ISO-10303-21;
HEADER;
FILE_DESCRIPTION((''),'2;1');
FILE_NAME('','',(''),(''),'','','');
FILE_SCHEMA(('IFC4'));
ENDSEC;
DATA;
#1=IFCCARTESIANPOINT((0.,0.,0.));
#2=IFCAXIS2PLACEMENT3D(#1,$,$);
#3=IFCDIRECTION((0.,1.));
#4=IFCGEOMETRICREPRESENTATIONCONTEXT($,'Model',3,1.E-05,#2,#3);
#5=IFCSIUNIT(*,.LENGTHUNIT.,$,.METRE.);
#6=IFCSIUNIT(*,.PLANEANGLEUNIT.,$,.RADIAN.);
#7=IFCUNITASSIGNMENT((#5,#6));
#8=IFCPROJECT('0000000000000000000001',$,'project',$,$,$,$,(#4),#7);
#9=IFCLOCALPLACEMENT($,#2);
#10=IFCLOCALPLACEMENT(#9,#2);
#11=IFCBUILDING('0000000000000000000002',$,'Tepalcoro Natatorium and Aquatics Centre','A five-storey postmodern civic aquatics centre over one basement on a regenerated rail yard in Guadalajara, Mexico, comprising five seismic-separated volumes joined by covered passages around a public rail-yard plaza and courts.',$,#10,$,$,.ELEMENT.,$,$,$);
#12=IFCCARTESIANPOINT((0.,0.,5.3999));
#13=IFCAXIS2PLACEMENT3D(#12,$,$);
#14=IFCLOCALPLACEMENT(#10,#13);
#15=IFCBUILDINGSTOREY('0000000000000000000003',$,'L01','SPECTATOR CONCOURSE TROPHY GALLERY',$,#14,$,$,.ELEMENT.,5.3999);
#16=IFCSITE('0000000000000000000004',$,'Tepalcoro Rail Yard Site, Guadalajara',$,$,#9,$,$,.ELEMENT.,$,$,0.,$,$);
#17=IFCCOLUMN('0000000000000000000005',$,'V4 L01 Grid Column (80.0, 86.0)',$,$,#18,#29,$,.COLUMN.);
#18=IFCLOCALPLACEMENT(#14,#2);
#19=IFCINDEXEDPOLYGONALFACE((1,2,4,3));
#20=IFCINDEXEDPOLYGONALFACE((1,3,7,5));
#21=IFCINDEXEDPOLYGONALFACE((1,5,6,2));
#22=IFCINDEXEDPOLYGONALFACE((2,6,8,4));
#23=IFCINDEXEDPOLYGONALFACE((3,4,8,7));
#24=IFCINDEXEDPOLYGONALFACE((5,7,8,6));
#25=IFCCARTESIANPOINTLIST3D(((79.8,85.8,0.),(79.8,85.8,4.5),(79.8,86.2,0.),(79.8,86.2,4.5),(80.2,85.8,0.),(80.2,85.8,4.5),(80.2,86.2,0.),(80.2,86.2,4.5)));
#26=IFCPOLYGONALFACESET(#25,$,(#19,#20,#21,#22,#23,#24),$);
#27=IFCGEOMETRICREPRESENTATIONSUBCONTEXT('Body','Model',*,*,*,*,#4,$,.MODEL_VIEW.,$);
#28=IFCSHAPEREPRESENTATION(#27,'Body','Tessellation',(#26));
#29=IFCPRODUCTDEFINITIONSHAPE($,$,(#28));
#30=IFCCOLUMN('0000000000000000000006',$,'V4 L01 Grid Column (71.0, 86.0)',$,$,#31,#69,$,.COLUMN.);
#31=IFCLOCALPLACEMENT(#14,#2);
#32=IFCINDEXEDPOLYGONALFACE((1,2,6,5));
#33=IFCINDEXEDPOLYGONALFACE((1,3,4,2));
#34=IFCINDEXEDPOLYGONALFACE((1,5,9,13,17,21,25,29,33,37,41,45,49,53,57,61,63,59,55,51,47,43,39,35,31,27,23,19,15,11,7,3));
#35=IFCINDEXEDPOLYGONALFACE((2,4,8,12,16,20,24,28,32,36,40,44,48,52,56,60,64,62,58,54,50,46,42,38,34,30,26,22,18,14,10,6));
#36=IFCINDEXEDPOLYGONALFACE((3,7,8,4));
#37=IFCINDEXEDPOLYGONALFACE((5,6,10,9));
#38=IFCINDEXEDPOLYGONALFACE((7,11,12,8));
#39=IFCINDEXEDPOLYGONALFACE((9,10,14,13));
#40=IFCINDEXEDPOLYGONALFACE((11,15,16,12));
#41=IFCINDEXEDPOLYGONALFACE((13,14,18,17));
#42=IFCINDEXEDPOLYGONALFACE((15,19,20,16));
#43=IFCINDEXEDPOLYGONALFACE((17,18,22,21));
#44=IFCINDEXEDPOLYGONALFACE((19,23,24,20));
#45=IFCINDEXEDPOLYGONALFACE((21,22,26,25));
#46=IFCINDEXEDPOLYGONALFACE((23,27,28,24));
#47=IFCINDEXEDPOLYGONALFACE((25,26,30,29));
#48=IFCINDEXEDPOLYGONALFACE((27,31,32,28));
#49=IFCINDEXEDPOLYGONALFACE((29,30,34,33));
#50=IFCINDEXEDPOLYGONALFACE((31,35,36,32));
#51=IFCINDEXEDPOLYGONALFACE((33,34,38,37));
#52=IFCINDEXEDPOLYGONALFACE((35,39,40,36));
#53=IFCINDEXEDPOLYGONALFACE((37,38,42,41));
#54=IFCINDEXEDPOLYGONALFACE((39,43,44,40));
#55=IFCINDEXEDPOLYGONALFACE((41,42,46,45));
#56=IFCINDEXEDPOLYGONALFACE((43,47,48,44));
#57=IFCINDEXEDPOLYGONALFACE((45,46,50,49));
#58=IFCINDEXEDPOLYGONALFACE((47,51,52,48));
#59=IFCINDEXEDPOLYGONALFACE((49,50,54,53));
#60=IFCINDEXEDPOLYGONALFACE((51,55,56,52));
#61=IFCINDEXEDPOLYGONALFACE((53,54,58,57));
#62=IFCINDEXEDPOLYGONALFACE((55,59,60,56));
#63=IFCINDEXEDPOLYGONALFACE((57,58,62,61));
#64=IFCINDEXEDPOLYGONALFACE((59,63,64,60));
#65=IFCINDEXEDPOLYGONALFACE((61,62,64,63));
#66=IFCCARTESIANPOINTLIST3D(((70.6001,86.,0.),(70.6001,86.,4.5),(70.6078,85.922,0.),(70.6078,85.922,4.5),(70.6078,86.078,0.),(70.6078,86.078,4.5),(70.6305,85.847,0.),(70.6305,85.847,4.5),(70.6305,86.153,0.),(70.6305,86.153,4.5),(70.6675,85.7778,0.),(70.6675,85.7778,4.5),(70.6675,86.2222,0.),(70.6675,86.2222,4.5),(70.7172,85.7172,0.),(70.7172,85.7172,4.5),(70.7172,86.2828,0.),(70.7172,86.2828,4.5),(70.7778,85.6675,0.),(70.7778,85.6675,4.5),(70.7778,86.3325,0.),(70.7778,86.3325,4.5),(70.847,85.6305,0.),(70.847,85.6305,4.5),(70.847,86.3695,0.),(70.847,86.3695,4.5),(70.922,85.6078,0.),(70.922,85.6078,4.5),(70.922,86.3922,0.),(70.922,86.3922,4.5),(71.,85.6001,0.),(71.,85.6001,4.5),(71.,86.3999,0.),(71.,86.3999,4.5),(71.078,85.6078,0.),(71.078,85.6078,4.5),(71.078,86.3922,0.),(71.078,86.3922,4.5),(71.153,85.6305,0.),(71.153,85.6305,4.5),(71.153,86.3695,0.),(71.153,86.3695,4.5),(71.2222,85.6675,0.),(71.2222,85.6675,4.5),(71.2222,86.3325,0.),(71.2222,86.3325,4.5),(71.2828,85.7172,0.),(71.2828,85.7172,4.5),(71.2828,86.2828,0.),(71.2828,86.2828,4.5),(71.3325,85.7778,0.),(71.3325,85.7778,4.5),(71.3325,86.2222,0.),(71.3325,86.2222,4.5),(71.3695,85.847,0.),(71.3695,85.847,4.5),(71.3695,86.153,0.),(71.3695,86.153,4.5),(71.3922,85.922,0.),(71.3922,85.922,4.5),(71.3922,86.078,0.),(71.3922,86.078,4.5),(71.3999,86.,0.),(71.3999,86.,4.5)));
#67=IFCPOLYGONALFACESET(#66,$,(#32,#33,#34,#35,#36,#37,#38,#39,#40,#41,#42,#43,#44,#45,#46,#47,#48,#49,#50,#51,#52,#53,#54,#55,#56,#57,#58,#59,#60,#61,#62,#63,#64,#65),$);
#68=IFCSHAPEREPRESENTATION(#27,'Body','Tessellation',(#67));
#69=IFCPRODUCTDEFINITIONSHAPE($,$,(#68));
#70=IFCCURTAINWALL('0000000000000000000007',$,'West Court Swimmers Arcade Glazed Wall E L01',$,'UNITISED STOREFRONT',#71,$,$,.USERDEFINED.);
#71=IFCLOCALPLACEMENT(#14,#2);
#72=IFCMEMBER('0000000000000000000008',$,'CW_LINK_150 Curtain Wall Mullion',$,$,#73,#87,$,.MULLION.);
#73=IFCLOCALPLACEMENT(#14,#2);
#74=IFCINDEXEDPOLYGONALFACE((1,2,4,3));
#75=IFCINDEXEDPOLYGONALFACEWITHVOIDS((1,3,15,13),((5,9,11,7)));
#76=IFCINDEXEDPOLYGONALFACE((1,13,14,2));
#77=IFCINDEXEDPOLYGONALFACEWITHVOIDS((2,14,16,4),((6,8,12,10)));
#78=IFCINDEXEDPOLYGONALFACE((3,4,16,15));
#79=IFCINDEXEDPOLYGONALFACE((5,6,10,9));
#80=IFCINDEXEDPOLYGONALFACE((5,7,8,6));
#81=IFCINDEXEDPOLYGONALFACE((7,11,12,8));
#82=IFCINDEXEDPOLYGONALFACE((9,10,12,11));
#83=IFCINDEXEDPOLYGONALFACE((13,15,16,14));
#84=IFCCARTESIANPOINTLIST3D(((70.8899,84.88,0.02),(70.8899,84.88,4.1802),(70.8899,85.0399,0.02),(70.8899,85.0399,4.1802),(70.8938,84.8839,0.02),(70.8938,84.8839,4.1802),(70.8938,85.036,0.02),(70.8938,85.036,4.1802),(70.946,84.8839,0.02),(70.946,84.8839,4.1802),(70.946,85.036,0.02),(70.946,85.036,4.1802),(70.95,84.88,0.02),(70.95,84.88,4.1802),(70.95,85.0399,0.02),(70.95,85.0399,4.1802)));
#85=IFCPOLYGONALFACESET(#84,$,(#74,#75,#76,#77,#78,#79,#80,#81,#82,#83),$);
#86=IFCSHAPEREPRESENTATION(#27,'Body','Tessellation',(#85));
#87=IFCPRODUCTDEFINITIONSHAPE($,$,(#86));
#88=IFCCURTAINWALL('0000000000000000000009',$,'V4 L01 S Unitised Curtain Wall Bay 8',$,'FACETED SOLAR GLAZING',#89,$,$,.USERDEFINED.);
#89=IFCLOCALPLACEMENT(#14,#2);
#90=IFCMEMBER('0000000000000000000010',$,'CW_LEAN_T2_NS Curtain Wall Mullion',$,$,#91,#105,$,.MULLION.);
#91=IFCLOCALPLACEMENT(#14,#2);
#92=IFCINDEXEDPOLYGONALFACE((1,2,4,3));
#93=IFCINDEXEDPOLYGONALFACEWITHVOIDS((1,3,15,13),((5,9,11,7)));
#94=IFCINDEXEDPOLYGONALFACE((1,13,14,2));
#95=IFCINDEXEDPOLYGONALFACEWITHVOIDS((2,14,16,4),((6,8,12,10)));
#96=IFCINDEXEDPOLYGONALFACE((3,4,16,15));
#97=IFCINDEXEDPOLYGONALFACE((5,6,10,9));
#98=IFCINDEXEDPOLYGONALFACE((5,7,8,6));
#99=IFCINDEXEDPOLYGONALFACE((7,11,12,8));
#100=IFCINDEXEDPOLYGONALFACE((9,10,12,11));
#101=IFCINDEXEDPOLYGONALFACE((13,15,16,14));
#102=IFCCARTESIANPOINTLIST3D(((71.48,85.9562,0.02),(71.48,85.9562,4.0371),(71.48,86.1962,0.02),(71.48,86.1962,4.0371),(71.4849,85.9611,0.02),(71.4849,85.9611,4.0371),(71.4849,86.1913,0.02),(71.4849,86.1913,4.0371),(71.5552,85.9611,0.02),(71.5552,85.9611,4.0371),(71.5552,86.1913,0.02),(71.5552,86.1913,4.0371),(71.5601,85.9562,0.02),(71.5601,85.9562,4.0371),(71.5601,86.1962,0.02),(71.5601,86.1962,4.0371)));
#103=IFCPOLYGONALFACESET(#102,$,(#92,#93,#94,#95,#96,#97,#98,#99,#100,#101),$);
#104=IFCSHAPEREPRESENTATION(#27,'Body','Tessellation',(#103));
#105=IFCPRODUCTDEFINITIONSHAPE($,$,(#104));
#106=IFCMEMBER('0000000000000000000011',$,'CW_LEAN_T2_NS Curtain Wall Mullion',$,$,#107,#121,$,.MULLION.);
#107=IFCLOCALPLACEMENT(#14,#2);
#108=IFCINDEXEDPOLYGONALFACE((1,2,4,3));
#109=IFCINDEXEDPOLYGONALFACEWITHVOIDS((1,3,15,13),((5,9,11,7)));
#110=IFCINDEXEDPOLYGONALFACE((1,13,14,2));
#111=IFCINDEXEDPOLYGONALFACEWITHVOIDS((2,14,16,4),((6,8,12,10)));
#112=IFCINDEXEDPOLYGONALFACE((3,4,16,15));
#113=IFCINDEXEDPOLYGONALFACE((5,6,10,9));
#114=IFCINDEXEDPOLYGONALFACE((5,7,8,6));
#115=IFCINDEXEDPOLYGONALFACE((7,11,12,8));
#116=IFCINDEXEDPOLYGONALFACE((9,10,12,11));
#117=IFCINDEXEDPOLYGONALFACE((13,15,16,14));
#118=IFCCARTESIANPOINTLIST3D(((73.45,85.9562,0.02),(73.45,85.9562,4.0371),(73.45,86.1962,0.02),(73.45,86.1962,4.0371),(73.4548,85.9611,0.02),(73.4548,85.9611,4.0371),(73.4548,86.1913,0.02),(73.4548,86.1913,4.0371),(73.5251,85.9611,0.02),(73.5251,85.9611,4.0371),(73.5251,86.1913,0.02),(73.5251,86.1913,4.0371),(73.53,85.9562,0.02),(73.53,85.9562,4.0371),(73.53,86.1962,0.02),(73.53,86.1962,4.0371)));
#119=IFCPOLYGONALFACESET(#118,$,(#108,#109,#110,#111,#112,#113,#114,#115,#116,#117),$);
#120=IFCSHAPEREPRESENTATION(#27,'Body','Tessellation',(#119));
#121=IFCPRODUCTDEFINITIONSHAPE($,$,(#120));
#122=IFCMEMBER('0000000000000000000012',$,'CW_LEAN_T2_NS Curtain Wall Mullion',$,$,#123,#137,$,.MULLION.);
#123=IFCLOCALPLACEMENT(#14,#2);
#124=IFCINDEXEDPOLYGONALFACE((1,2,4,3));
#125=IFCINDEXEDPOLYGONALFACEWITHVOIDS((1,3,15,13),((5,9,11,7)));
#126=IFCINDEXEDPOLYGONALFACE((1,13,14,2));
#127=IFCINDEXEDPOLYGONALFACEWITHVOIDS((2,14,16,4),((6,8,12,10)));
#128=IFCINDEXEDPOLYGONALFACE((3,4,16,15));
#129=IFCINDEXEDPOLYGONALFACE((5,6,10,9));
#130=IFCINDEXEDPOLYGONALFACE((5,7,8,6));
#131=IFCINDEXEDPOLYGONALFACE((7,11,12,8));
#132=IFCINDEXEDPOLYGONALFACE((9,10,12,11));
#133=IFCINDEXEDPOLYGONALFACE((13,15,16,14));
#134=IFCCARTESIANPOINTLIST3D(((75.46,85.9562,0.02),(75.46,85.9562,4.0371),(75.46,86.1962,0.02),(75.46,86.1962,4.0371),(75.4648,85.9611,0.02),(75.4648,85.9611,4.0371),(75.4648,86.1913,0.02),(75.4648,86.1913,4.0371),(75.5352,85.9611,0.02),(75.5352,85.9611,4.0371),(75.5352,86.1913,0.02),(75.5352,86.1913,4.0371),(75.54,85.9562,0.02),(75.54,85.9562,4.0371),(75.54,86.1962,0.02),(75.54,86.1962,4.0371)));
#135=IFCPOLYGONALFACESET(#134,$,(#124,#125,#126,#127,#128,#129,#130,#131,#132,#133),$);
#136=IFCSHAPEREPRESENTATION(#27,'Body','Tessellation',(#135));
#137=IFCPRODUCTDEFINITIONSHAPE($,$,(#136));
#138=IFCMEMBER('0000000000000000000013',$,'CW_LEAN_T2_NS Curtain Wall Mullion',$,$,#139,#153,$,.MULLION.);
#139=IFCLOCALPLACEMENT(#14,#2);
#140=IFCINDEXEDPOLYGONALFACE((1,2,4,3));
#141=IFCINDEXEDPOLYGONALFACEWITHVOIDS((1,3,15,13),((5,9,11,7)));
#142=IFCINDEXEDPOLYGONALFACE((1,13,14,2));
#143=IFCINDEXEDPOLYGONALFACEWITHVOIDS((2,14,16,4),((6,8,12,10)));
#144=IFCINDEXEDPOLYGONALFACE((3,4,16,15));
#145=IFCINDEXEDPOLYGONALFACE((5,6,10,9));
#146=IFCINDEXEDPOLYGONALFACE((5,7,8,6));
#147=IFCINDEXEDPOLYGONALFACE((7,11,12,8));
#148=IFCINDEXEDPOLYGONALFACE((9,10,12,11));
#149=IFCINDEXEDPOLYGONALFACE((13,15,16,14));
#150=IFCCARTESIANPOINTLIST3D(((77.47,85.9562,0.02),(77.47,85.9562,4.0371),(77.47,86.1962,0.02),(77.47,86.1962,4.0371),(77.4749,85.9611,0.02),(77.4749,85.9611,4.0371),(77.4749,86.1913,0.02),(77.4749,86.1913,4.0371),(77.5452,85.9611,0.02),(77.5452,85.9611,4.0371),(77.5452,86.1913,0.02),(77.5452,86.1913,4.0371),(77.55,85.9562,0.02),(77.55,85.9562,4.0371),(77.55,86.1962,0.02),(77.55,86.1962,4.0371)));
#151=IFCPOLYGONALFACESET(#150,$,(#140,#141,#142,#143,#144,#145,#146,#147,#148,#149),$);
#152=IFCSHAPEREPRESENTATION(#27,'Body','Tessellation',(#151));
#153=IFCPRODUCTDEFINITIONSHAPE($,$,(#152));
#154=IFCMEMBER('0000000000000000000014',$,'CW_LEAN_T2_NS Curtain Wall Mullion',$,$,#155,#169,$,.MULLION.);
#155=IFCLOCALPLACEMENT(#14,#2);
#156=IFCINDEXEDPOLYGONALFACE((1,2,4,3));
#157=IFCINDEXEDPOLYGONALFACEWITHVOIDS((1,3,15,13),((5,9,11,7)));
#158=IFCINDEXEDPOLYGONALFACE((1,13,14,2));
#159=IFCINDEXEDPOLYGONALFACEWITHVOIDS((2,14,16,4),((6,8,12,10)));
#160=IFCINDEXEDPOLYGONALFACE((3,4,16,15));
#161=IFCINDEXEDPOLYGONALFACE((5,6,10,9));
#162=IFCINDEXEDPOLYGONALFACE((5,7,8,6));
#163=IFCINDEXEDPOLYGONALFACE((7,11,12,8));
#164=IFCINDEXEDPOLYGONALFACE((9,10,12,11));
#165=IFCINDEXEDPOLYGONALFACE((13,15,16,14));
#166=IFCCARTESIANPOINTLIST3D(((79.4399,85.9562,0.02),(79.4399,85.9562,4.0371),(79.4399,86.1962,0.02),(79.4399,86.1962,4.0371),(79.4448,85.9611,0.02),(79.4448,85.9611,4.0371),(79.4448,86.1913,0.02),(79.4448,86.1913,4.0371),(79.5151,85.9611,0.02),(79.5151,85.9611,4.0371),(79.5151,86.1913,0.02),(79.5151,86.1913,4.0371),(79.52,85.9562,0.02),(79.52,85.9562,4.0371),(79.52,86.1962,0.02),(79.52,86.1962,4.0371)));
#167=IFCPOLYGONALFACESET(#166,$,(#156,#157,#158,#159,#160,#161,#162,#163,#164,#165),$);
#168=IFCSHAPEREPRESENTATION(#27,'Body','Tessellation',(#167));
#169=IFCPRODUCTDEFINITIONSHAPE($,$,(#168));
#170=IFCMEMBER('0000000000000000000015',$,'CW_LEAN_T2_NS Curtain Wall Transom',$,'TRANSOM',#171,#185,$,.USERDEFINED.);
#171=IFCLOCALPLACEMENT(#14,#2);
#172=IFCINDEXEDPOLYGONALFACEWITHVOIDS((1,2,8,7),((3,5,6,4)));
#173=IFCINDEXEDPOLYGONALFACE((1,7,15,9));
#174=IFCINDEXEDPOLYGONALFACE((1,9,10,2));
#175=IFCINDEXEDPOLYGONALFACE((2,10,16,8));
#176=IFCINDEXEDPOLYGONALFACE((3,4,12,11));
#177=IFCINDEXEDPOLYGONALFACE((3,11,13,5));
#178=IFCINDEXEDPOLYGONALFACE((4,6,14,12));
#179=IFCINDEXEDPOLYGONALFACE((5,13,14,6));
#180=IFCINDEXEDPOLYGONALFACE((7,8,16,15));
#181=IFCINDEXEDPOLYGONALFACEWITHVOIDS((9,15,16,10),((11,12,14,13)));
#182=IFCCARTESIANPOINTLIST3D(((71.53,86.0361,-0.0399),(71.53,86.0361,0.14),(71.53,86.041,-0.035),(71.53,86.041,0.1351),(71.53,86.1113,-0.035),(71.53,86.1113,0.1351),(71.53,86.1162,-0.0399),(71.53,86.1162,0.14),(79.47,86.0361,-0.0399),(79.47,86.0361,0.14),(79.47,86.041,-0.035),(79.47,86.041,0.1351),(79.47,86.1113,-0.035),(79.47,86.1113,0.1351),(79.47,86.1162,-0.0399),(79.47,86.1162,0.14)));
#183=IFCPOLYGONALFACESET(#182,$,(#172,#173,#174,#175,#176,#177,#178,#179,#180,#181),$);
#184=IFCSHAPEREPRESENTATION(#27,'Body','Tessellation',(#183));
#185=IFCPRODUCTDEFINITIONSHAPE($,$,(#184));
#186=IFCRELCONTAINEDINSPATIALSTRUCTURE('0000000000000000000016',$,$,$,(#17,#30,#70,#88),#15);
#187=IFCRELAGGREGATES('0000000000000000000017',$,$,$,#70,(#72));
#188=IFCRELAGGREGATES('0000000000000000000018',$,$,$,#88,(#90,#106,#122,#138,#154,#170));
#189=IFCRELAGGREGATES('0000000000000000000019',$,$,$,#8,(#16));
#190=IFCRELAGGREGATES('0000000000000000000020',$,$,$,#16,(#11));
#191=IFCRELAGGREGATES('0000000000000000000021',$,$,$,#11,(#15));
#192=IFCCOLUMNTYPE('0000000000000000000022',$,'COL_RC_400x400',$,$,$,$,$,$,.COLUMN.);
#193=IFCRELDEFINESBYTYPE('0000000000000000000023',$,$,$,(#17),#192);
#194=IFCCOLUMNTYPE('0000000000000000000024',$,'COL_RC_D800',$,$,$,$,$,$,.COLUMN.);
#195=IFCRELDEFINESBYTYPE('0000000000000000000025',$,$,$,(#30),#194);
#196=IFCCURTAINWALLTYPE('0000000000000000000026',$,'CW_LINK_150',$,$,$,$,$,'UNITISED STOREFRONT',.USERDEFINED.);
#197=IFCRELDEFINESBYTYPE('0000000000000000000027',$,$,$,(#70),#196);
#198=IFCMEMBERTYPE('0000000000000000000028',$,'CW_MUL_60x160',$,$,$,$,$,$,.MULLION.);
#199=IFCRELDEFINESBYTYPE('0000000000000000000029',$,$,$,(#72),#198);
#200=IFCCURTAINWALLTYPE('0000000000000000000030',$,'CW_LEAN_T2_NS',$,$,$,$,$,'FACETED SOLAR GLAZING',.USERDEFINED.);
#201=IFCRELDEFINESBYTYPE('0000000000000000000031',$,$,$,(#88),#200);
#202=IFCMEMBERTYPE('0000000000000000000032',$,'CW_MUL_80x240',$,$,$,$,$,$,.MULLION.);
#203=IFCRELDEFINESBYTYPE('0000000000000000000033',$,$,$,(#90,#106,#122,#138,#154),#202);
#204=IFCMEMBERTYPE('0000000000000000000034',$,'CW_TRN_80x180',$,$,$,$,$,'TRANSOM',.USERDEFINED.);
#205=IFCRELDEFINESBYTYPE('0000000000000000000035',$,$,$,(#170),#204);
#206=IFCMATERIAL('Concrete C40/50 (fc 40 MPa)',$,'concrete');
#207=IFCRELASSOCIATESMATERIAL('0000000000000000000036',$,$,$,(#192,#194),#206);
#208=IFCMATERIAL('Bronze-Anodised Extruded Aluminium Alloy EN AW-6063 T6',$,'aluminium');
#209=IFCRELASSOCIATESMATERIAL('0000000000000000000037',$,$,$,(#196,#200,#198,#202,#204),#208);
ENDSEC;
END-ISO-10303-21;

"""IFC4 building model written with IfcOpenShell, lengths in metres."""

from ifc_helpers import new_model, si_unit, direction, frame, origin, origin_2d, place, context, subcontext, project, spatial, rectangle, hollow_rectangle, circle, extrude, material, material_profile, profile_set, type_object, element, aggregate, save


model = new_model("IFC4")

# Units and contexts
model_context = context("Model", 3, precision=1e-05, world=origin(), true_north=direction((0.0, 1.0)))
body_context = subcontext(model_context, "Body", "Model", "MODEL_VIEW")
ifc_project = project(units=[si_unit("LENGTHUNIT", "METRE"), si_unit("PLANEANGLEUNIT", "RADIAN")], contexts=[model_context])

# Site, building, storey
site_placement = place(None, origin())
site = spatial("IfcSite", under=ifc_project, at=site_placement, Name="Tepalcoro Rail Yard Site, Guadalajara", CompositionType="ELEMENT", RefElevation=0.0)
building_placement = place(site_placement, origin())
building = spatial("IfcBuilding", under=site, at=building_placement, Name="Tepalcoro Natatorium and Aquatics Centre", Description="A five-storey postmodern civic aquatics centre over one basement on a regenerated rail yard in Guadalajara, Mexico, comprising five seismic-separated volumes joined by covered passages around a public rail-yard plaza and courts.", CompositionType="ELEMENT")
storey_placement = place(building_placement, frame((0.0, 0.0, 5.3999)))
storey = spatial("IfcBuildingStorey", under=building, at=storey_placement, Name="L01", Description="SPECTATOR CONCOURSE TROPHY GALLERY", CompositionType="ELEMENT", Elevation=5.3999)

# Columns
ifc_material_1 = material(Name="Concrete C40/50 (fc 40 MPa)", Category="concrete")
ifc_material_profile_1 = material_profile(ifc_material_1, rectangle(XDim=0.3999, YDim=0.3999, at=origin_2d()), Name="RC400x400")
ifc_profile_set_1 = profile_set([ifc_material_profile_1], Name="Concrete C40/50 (fc 40 MPa)")
column_type_1 = type_object("IfcColumnType", Name="COL_RC_400x400", PredefinedType="COLUMN", material=ifc_profile_set_1)
column_1_placement = place(storey_placement, frame((80.0, 86.0, 0.0), z_axis=(0.0, 0.0, 1.0), x_axis=(1.0, 0.0, 0.0)))
element("IfcColumn", 1, at=column_1_placement, inside=storey, type_object=column_type_1, Name="V4 L01 Grid Column (80.0, 86.0)", PredefinedType="COLUMN", context=body_context, shape_type="SweptSolid", body=[
    extrude(rectangle(XDim=0.3999, YDim=0.3999, at=origin_2d()), origin(), (0.0, 0.0, 1.0), 4.5),
])
ifc_material_profile_2 = material_profile(ifc_material_1, circle(Radius=0.3999, at=origin_2d()), Name="RCD800")
ifc_profile_set_2 = profile_set([ifc_material_profile_2], Name="Concrete C40/50 (fc 40 MPa)")
column_type_2 = type_object("IfcColumnType", Name="COL_RC_D800", PredefinedType="COLUMN", material=ifc_profile_set_2)
column_2_placement = place(storey_placement, frame((71.0, 86.0, 0.0), z_axis=(0.0, 0.0, 1.0), x_axis=(1.0, 0.0, 0.0)))
element("IfcColumn", 2, at=column_2_placement, inside=storey, type_object=column_type_2, Name="V4 L01 Grid Column (71.0, 86.0)", PredefinedType="COLUMN", context=body_context, shape_type="SweptSolid", body=[
    extrude(circle(Radius=0.3999, at=origin_2d()), origin(), (0.0, 0.0, 1.0), 4.5),
])

# Curtain wall, member
ifc_material_2 = material(Name="Bronze-Anodised Extruded Aluminium Alloy EN AW-6063 T6", Category="aluminium")
curtain_wall_type_1 = type_object("IfcCurtainWallType", Name="CW_LINK_150", ElementType="UNITISED STOREFRONT", PredefinedType="USERDEFINED", material=ifc_material_2)
curtain_wall_1_placement = place(storey_placement, origin())
curtain_wall_1 = element("IfcCurtainWall", 3, at=curtain_wall_1_placement, inside=storey, type_object=curtain_wall_type_1, Name="West Court Swimmers Arcade Glazed Wall E L01", ObjectType="UNITISED STOREFRONT", PredefinedType="USERDEFINED")
ifc_material_profile_3 = material_profile(ifc_material_2, hollow_rectangle(XDim=0.0601, YDim=0.1599, WallThickness=0.0039, at=origin_2d()), Name="AL60X160X4")
ifc_profile_set_3 = profile_set([ifc_material_profile_3], Name="Bronze-Anodised Extruded Aluminium Alloy EN AW-6063 T6")
member_type_1 = type_object("IfcMemberType", Name="CW_MUL_60x160", PredefinedType="MULLION", material=ifc_profile_set_3)
member_1_placement = place(storey_placement, frame((70.9199, 84.96, 0.02), z_axis=(0.0, 0.0, 1.0), x_axis=(1.0, 0.0, 0.0)))
member_1 = element("IfcMember", 4, at=member_1_placement, type_object=member_type_1, Name="CW_LINK_150 Curtain Wall Mullion", PredefinedType="MULLION", context=body_context, shape_type="SweptSolid", body=[
    extrude(hollow_rectangle(XDim=0.0601, YDim=0.1599, WallThickness=0.0039, at=origin_2d()), origin(), (0.0, 0.0, 1.0), 4.1602),
])
aggregate(curtain_wall_1, [member_1])

# Curtain wall, members
curtain_wall_type_2 = type_object("IfcCurtainWallType", Name="CW_LEAN_T2_NS", ElementType="FACETED SOLAR GLAZING", PredefinedType="USERDEFINED", material=ifc_material_2)
curtain_wall_2_placement = place(storey_placement, origin())
curtain_wall_2 = element("IfcCurtainWall", 5, at=curtain_wall_2_placement, inside=storey, type_object=curtain_wall_type_2, Name="V4 L01 S Unitised Curtain Wall Bay 8", ObjectType="FACETED SOLAR GLAZING", PredefinedType="USERDEFINED")
ifc_material_profile_4 = material_profile(ifc_material_2, hollow_rectangle(XDim=0.0801, YDim=0.24, WallThickness=0.0049, at=origin_2d()), Name="AL80X240X5")
ifc_profile_set_4 = profile_set([ifc_material_profile_4], Name="Bronze-Anodised Extruded Aluminium Alloy EN AW-6063 T6")
member_type_2 = type_object("IfcMemberType", Name="CW_MUL_80x240", PredefinedType="MULLION", material=ifc_profile_set_4)
member_2_placement = place(storey_placement, frame((71.52, 86.0762, 0.02), z_axis=(0.0, 0.0, 1.0), x_axis=(1.0, 0.0, 0.0)))
member_2 = element("IfcMember", 6, at=member_2_placement, type_object=member_type_2, Name="CW_LEAN_T2_NS Curtain Wall Mullion", PredefinedType="MULLION", context=body_context, shape_type="SweptSolid", body=[
    extrude(hollow_rectangle(XDim=0.0801, YDim=0.24, WallThickness=0.0049, at=origin_2d()), origin(), (0.0, 0.0, 1.0), 4.0171),
])
member_3_placement = place(storey_placement, frame((73.49, 86.0762, 0.02), z_axis=(0.0, 0.0, 1.0), x_axis=(1.0, 0.0, 0.0)))
member_3 = element("IfcMember", 7, at=member_3_placement, type_object=member_type_2, Name="CW_LEAN_T2_NS Curtain Wall Mullion", PredefinedType="MULLION", context=body_context, shape_type="SweptSolid", body=[
    extrude(hollow_rectangle(XDim=0.0801, YDim=0.24, WallThickness=0.0049, at=origin_2d()), origin(), (0.0, 0.0, 1.0), 4.0171),
])
member_4_placement = place(storey_placement, frame((75.5, 86.0762, 0.02), z_axis=(0.0, 0.0, 1.0), x_axis=(1.0, 0.0, 0.0)))
member_4 = element("IfcMember", 8, at=member_4_placement, type_object=member_type_2, Name="CW_LEAN_T2_NS Curtain Wall Mullion", PredefinedType="MULLION", context=body_context, shape_type="SweptSolid", body=[
    extrude(hollow_rectangle(XDim=0.0801, YDim=0.24, WallThickness=0.0049, at=origin_2d()), origin(), (0.0, 0.0, 1.0), 4.0171),
])
member_5_placement = place(storey_placement, frame((77.51, 86.0762, 0.02), z_axis=(0.0, 0.0, 1.0), x_axis=(1.0, 0.0, 0.0)))
member_5 = element("IfcMember", 9, at=member_5_placement, type_object=member_type_2, Name="CW_LEAN_T2_NS Curtain Wall Mullion", PredefinedType="MULLION", context=body_context, shape_type="SweptSolid", body=[
    extrude(hollow_rectangle(XDim=0.0801, YDim=0.24, WallThickness=0.0049, at=origin_2d()), origin(), (0.0, 0.0, 1.0), 4.0171),
])
member_6_placement = place(storey_placement, frame((79.48, 86.0762, 0.02), z_axis=(0.0, 0.0, 1.0), x_axis=(1.0, 0.0, 0.0)))
member_6 = element("IfcMember", 10, at=member_6_placement, type_object=member_type_2, Name="CW_LEAN_T2_NS Curtain Wall Mullion", PredefinedType="MULLION", context=body_context, shape_type="SweptSolid", body=[
    extrude(hollow_rectangle(XDim=0.0801, YDim=0.24, WallThickness=0.0049, at=origin_2d()), origin(), (0.0, 0.0, 1.0), 4.0171),
])
ifc_material_profile_5 = material_profile(ifc_material_2, hollow_rectangle(XDim=0.0801, YDim=0.1799, WallThickness=0.0049, at=origin_2d()), Name="AL80X180X5")
ifc_profile_set_5 = profile_set([ifc_material_profile_5], Name="Bronze-Anodised Extruded Aluminium Alloy EN AW-6063 T6")
member_type_3 = type_object("IfcMemberType", Name="CW_TRN_80x180", ElementType="TRANSOM", PredefinedType="USERDEFINED", material=ifc_profile_set_5)
member_7_placement = place(storey_placement, frame((71.53, 86.0762, 0.05), z_axis=(1.0, 0.0, 0.0), x_axis=(0.0, 1.0, 0.0)))
member_7 = element("IfcMember", 11, at=member_7_placement, type_object=member_type_3, Name="CW_LEAN_T2_NS Curtain Wall Transom", ObjectType="TRANSOM", PredefinedType="USERDEFINED", context=body_context, shape_type="SweptSolid", body=[
    extrude(hollow_rectangle(XDim=0.0801, YDim=0.1799, WallThickness=0.0049, at=origin_2d()), origin(), (0.0, 0.0, 1.0), 7.9399),
])

aggregate(curtain_wall_2, [member_2, member_3, member_4, member_5, member_6, member_7])

save(model, "model.ifc")
